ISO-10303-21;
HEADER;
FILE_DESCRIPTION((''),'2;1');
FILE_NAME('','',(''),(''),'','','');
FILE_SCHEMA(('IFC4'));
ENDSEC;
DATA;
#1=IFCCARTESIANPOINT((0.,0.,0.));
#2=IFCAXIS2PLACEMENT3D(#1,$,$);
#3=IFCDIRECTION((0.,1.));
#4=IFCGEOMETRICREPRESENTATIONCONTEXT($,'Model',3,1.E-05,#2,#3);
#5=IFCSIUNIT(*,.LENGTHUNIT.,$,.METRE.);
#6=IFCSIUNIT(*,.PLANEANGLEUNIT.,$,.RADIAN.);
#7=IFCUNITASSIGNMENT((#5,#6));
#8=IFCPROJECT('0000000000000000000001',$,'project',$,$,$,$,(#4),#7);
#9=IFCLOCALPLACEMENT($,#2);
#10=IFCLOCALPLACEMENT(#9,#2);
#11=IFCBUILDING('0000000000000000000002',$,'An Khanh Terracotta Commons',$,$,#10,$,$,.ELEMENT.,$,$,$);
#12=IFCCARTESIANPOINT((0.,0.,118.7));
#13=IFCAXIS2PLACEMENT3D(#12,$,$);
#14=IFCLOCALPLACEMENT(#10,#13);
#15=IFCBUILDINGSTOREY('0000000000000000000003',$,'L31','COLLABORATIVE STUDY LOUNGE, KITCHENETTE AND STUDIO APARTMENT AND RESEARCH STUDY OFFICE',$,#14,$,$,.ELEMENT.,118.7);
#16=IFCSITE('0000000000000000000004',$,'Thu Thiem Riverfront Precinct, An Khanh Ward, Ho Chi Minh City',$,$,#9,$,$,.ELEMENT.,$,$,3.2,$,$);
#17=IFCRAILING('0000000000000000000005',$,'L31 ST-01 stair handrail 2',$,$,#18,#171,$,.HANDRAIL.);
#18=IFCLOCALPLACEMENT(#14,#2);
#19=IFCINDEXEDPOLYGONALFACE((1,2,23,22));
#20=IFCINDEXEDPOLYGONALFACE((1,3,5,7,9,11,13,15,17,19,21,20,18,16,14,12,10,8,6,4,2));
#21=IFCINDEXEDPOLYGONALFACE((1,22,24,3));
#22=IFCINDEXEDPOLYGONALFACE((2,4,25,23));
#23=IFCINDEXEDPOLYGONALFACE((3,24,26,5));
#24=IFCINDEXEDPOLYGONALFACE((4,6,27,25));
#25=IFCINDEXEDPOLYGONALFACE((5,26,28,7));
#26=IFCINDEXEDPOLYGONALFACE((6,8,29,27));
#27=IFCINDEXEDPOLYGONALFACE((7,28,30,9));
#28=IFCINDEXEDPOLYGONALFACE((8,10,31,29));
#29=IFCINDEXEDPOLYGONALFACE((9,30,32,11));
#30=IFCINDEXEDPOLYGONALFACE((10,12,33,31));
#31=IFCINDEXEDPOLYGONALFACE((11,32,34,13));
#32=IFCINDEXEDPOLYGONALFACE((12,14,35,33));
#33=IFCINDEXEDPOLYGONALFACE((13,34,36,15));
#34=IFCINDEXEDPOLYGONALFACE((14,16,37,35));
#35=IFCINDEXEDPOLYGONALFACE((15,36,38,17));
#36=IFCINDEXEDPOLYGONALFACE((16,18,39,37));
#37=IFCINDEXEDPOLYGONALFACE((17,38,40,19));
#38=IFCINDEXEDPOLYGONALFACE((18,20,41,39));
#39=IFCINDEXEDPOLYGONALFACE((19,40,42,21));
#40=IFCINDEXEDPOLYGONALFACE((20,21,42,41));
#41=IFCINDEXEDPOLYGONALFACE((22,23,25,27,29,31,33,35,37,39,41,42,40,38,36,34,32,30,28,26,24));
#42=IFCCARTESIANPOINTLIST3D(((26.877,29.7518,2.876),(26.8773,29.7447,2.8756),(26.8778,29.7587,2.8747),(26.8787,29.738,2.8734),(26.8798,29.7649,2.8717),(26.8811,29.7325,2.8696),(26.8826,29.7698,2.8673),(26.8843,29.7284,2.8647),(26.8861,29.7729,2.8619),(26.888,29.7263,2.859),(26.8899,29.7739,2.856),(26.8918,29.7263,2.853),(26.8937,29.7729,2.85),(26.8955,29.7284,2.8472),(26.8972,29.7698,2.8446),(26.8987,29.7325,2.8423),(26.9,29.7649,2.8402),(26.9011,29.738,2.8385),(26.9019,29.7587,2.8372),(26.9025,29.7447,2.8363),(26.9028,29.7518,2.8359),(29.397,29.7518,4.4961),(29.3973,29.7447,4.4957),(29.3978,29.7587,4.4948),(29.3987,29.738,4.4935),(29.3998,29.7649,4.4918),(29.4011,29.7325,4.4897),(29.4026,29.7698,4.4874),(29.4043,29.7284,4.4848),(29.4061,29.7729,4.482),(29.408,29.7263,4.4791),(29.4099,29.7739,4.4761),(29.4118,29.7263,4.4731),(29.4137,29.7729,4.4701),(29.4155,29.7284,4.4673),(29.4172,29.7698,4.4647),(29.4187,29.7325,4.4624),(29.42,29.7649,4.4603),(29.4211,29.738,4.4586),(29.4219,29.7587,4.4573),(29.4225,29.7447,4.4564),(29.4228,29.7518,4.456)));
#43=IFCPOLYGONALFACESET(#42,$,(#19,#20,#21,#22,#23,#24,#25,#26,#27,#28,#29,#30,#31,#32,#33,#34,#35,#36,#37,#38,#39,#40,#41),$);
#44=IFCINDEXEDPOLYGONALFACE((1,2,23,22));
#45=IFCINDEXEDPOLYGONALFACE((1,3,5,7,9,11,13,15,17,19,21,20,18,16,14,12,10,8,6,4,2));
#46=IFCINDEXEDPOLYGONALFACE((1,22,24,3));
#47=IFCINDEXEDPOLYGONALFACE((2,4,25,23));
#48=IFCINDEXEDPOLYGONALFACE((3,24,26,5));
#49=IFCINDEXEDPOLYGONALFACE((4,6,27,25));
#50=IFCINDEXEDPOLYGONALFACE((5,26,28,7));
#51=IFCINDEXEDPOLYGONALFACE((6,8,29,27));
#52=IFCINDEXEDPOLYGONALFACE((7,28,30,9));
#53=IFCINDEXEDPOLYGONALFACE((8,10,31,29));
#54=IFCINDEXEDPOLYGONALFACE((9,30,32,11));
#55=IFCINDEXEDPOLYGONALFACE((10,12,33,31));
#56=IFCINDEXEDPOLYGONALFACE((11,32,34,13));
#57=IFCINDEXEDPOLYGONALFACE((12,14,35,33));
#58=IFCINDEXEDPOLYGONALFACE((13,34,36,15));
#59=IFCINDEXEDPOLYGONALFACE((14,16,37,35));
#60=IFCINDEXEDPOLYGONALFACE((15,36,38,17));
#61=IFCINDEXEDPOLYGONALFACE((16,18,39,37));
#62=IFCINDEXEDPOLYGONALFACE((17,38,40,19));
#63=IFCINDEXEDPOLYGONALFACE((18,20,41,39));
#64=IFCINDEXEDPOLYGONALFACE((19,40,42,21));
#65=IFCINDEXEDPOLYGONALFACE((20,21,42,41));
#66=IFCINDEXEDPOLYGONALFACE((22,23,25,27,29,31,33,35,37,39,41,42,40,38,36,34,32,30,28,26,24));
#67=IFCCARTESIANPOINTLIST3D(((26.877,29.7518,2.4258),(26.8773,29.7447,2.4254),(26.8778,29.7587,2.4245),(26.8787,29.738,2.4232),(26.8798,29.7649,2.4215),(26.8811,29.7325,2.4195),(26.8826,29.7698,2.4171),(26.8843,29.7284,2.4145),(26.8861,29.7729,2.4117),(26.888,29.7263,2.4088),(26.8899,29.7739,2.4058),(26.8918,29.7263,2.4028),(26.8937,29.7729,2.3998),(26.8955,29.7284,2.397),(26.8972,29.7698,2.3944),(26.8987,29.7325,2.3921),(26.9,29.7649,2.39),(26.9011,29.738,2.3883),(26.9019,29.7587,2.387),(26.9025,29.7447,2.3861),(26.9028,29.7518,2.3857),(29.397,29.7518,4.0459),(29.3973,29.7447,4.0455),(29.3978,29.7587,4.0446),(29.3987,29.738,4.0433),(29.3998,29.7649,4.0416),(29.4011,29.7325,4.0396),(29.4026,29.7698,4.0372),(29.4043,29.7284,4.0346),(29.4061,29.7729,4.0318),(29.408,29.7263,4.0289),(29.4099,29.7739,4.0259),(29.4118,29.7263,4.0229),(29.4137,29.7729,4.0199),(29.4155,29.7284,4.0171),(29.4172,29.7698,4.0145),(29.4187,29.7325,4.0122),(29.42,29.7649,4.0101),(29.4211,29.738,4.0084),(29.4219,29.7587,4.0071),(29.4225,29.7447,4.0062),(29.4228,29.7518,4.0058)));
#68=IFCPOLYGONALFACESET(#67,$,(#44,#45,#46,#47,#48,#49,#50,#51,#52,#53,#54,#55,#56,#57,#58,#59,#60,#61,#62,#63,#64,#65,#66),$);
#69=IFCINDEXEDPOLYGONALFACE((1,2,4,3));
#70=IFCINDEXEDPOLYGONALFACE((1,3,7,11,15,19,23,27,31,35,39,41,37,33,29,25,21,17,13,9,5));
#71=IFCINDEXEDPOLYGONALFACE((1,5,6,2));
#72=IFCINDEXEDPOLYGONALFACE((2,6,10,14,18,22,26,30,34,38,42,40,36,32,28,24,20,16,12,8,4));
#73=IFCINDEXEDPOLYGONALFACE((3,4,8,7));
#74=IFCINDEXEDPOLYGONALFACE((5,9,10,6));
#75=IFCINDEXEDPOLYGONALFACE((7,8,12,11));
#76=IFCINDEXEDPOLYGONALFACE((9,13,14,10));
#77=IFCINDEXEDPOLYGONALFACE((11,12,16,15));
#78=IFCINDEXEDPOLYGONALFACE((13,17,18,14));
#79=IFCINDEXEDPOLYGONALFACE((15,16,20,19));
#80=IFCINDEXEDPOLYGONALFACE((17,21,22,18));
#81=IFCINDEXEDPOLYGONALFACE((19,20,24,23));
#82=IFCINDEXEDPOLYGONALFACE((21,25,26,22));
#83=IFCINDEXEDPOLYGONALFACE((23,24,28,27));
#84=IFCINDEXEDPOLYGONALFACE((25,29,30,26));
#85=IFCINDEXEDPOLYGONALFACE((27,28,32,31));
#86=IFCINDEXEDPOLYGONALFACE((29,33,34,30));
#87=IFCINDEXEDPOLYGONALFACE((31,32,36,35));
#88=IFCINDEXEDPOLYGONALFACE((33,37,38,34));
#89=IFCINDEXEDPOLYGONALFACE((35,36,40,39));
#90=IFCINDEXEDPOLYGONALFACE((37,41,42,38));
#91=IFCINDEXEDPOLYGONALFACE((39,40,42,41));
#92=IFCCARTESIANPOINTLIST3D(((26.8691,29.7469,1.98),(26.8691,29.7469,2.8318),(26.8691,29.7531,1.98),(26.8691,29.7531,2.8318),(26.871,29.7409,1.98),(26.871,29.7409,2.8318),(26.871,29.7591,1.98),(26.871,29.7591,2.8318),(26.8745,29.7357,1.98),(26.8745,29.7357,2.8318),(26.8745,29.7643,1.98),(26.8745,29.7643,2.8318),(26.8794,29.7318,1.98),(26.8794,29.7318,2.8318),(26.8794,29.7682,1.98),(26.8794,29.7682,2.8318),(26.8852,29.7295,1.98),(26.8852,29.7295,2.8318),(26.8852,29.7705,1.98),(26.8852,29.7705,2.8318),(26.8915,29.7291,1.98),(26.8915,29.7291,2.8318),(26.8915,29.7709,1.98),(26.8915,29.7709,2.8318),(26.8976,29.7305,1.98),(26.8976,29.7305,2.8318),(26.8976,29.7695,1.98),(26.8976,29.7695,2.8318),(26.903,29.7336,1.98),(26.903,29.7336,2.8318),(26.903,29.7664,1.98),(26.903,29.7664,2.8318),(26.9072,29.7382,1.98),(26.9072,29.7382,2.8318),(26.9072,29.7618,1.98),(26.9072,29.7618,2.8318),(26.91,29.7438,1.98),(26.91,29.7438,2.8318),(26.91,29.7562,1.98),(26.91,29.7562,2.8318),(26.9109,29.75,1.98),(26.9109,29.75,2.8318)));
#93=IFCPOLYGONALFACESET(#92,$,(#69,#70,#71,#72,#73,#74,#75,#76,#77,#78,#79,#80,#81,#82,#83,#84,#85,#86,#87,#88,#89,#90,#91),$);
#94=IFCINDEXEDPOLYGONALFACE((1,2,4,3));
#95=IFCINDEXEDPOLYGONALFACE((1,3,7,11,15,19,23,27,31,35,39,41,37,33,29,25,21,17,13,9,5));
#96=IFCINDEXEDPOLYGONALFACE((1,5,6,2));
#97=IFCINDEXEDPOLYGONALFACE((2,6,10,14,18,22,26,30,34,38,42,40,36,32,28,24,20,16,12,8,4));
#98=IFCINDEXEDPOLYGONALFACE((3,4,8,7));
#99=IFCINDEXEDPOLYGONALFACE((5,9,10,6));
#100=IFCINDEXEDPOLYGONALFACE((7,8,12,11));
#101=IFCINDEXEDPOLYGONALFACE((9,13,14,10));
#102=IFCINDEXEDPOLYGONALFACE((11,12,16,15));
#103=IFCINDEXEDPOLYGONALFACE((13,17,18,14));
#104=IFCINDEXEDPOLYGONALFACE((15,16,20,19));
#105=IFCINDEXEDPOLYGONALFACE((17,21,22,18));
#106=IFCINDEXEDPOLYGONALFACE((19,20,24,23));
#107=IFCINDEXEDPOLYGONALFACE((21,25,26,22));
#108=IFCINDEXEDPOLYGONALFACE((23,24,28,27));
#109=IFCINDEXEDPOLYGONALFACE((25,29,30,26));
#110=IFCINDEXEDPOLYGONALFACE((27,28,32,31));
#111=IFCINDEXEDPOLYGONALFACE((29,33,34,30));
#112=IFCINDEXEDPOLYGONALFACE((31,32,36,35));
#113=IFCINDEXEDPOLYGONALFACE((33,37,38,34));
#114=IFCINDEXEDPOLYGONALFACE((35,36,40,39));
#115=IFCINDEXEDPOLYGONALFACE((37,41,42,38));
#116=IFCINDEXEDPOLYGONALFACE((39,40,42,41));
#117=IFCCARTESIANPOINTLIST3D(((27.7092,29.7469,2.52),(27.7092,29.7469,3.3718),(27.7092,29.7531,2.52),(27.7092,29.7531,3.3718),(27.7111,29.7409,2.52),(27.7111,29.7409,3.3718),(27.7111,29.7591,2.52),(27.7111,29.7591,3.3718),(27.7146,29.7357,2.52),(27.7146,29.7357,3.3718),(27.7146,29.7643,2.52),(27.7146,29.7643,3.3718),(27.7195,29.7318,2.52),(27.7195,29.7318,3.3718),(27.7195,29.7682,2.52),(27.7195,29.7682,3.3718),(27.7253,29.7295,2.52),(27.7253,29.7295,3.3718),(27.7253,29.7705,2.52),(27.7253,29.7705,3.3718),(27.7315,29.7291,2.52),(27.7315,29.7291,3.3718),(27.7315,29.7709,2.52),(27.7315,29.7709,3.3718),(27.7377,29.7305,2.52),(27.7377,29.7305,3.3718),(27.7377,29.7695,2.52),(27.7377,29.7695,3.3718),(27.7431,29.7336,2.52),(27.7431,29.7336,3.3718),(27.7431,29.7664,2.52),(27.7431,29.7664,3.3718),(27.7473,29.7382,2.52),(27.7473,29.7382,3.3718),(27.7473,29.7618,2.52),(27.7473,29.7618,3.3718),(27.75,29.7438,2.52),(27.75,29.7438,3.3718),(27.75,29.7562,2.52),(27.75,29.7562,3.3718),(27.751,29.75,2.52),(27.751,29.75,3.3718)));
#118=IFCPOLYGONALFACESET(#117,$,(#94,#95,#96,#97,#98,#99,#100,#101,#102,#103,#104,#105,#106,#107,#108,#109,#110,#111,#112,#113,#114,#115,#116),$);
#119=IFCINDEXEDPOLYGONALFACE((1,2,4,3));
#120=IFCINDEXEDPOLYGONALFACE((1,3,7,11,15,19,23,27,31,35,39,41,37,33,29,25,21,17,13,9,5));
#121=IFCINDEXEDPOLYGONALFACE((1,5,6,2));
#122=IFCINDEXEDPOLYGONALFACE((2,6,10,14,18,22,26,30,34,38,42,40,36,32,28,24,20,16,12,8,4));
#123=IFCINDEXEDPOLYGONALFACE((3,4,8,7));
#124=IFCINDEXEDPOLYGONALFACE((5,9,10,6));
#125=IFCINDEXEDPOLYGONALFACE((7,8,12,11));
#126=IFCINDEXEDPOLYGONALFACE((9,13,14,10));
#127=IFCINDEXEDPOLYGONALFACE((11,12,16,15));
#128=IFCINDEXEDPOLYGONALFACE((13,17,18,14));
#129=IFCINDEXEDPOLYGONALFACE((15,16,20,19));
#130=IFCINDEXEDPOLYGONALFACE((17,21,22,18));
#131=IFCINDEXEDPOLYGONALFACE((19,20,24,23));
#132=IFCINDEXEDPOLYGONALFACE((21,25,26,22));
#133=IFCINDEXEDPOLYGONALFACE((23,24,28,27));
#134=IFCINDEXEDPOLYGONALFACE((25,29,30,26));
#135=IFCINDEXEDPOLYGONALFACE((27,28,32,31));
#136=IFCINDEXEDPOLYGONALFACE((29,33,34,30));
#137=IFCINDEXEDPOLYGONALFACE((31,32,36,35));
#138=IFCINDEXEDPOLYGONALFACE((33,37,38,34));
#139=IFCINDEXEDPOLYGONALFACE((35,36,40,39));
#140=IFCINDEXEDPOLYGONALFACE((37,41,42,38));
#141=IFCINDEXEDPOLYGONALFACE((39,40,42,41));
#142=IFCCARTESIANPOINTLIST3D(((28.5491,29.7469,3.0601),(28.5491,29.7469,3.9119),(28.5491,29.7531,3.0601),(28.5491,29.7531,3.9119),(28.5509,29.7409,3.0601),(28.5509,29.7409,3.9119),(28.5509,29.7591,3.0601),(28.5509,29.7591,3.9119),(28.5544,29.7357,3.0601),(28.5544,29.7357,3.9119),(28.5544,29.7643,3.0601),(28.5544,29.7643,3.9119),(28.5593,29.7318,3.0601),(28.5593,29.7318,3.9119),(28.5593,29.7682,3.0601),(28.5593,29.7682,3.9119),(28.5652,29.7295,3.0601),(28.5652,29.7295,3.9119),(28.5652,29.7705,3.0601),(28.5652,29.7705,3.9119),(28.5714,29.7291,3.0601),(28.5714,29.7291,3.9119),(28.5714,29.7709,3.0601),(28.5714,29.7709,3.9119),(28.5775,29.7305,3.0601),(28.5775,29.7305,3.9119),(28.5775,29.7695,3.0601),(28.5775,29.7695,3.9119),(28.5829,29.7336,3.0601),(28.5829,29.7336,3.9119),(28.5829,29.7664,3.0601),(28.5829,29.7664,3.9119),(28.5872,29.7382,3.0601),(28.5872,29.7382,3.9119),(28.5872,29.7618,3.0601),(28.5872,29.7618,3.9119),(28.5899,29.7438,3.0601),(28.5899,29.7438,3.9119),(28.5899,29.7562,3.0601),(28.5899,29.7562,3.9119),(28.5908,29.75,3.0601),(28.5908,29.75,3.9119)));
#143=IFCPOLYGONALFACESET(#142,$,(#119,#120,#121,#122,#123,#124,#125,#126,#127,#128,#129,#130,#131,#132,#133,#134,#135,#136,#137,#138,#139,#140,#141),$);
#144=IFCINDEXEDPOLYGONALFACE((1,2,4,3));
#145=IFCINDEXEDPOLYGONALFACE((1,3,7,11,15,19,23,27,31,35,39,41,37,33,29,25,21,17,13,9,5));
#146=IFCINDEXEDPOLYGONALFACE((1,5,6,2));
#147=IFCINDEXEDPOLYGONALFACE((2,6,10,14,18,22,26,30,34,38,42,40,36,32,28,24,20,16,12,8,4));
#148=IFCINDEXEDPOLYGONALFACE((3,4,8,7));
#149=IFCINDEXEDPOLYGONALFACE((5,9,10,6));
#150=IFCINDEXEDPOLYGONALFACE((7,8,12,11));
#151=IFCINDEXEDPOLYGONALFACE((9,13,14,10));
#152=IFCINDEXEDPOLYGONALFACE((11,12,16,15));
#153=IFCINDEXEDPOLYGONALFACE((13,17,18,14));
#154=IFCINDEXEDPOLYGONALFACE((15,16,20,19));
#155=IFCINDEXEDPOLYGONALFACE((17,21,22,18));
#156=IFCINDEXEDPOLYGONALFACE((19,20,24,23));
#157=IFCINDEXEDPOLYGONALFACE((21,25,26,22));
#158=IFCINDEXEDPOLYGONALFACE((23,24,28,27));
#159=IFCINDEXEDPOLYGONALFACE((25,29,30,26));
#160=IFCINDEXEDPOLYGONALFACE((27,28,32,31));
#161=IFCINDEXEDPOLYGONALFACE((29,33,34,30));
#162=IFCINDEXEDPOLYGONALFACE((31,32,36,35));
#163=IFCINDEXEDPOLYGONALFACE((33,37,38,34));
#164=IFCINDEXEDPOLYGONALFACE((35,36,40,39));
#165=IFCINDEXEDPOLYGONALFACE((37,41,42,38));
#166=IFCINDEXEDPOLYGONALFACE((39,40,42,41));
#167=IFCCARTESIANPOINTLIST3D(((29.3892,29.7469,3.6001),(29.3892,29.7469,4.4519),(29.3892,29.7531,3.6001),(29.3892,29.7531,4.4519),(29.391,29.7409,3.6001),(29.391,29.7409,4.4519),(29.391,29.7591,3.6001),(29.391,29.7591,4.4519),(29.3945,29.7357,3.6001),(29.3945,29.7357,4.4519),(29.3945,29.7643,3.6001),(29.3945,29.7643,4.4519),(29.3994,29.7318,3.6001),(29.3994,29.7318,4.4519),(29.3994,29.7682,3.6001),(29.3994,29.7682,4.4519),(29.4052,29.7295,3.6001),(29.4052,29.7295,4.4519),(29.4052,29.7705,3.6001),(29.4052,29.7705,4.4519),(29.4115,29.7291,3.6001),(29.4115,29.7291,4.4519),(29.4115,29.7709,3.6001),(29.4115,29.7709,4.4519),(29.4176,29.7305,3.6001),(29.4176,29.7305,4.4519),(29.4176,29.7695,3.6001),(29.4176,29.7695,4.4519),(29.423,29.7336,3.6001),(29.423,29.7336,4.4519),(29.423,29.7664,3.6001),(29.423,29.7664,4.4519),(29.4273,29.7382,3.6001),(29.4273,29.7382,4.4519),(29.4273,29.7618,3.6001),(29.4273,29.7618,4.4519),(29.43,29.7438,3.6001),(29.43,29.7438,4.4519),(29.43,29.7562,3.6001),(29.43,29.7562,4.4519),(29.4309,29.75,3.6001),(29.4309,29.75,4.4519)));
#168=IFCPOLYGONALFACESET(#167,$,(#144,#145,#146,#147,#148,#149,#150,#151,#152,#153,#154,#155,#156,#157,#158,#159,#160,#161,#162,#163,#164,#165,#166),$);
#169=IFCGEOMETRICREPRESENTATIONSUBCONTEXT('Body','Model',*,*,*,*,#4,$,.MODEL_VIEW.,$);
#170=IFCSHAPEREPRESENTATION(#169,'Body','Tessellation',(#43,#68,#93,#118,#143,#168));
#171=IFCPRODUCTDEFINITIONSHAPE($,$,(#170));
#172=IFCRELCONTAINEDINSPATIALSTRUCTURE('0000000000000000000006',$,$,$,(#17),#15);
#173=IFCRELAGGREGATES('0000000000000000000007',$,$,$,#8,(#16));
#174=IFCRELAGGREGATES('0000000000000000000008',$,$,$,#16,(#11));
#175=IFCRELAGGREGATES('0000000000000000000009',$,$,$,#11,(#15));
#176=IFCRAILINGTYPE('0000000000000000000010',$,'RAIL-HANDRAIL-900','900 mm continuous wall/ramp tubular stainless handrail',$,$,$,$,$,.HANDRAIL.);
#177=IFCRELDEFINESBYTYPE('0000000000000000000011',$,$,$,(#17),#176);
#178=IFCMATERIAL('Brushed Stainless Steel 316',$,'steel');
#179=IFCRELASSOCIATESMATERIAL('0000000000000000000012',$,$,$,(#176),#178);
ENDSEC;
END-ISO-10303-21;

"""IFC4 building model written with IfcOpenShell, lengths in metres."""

from ifc_helpers import new_model, si_unit, direction, frame, origin, origin_2d, place, context, subcontext, project, spatial, circle, extrude, material, type_object, element, save


model = new_model("IFC4")

# Units and contexts
model_context = context("Model", 3, precision=1e-05, world=origin(), true_north=direction((0.0, 1.0)))
body_context = subcontext(model_context, "Body", "Model", "MODEL_VIEW")
ifc_project = project(units=[si_unit("LENGTHUNIT", "METRE"), si_unit("PLANEANGLEUNIT", "RADIAN")], contexts=[model_context])

# Site, building, storey
site_placement = place(None, origin())
site = spatial("IfcSite", under=ifc_project, at=site_placement, Name="Thu Thiem Riverfront Precinct, An Khanh Ward, Ho Chi Minh City", CompositionType="ELEMENT", RefElevation=3.2)
building_placement = place(site_placement, origin())
building = spatial("IfcBuilding", under=site, at=building_placement, Name="An Khanh Terracotta Commons", CompositionType="ELEMENT")
storey_placement = place(building_placement, frame((0.0, 0.0, 118.7)))
storey = spatial("IfcBuildingStorey", under=building, at=storey_placement, Name="L31", Description="COLLABORATIVE STUDY LOUNGE, KITCHENETTE AND STUDIO APARTMENT AND RESEARCH STUDY OFFICE", CompositionType="ELEMENT", Elevation=118.7)

# Railing
ifc_material_1 = material(Name="Brushed Stainless Steel 316", Category="steel")
railing_type_1 = type_object("IfcRailingType", Name="RAIL-HANDRAIL-900", Description="900 mm continuous wall/ramp tubular stainless handrail", PredefinedType="HANDRAIL", material=ifc_material_1)
railing_1_placement = place(storey_placement, frame((26.8899, 29.75, 1.98)))
element("IfcRailing", 1, at=railing_1_placement, inside=storey, type_object=railing_type_1, Name="L31 ST-01 stair handrail 2", PredefinedType="HANDRAIL", context=body_context, shape_type="SweptSolid", body=[
    extrude(circle(Radius=0.0239, at=origin_2d()), frame((0.0, 0.0, 0.876), z_axis=(0.841163, 0.0, 0.540782), x_axis=(0.0, 1.0, 0.0)), (0.0, 0.0, 1.0), 2.9958),
    extrude(circle(Radius=0.0239, at=origin_2d()), frame((0.0, 0.0, 0.4258), z_axis=(0.841163, 0.0, 0.540782), x_axis=(0.0, 1.0, 0.0)), (0.0, 0.0, 1.0), 2.9958),
    extrude(circle(Radius=0.021, at=origin_2d()), origin(), (0.0, 0.0, 1.0), 0.8518),
    extrude(circle(Radius=0.021, at=origin_2d()), frame((0.8401, 0.0, 0.54)), (0.0, 0.0, 1.0), 0.8518),
    extrude(circle(Radius=0.021, at=origin_2d()), frame((1.6799, 0.0, 1.0801)), (0.0, 0.0, 1.0), 0.8518),
    extrude(circle(Radius=0.021, at=origin_2d()), frame((2.52, 0.0, 1.6201)), (0.0, 0.0, 1.0), 0.8518),
])

save(model, "model.ifc")
